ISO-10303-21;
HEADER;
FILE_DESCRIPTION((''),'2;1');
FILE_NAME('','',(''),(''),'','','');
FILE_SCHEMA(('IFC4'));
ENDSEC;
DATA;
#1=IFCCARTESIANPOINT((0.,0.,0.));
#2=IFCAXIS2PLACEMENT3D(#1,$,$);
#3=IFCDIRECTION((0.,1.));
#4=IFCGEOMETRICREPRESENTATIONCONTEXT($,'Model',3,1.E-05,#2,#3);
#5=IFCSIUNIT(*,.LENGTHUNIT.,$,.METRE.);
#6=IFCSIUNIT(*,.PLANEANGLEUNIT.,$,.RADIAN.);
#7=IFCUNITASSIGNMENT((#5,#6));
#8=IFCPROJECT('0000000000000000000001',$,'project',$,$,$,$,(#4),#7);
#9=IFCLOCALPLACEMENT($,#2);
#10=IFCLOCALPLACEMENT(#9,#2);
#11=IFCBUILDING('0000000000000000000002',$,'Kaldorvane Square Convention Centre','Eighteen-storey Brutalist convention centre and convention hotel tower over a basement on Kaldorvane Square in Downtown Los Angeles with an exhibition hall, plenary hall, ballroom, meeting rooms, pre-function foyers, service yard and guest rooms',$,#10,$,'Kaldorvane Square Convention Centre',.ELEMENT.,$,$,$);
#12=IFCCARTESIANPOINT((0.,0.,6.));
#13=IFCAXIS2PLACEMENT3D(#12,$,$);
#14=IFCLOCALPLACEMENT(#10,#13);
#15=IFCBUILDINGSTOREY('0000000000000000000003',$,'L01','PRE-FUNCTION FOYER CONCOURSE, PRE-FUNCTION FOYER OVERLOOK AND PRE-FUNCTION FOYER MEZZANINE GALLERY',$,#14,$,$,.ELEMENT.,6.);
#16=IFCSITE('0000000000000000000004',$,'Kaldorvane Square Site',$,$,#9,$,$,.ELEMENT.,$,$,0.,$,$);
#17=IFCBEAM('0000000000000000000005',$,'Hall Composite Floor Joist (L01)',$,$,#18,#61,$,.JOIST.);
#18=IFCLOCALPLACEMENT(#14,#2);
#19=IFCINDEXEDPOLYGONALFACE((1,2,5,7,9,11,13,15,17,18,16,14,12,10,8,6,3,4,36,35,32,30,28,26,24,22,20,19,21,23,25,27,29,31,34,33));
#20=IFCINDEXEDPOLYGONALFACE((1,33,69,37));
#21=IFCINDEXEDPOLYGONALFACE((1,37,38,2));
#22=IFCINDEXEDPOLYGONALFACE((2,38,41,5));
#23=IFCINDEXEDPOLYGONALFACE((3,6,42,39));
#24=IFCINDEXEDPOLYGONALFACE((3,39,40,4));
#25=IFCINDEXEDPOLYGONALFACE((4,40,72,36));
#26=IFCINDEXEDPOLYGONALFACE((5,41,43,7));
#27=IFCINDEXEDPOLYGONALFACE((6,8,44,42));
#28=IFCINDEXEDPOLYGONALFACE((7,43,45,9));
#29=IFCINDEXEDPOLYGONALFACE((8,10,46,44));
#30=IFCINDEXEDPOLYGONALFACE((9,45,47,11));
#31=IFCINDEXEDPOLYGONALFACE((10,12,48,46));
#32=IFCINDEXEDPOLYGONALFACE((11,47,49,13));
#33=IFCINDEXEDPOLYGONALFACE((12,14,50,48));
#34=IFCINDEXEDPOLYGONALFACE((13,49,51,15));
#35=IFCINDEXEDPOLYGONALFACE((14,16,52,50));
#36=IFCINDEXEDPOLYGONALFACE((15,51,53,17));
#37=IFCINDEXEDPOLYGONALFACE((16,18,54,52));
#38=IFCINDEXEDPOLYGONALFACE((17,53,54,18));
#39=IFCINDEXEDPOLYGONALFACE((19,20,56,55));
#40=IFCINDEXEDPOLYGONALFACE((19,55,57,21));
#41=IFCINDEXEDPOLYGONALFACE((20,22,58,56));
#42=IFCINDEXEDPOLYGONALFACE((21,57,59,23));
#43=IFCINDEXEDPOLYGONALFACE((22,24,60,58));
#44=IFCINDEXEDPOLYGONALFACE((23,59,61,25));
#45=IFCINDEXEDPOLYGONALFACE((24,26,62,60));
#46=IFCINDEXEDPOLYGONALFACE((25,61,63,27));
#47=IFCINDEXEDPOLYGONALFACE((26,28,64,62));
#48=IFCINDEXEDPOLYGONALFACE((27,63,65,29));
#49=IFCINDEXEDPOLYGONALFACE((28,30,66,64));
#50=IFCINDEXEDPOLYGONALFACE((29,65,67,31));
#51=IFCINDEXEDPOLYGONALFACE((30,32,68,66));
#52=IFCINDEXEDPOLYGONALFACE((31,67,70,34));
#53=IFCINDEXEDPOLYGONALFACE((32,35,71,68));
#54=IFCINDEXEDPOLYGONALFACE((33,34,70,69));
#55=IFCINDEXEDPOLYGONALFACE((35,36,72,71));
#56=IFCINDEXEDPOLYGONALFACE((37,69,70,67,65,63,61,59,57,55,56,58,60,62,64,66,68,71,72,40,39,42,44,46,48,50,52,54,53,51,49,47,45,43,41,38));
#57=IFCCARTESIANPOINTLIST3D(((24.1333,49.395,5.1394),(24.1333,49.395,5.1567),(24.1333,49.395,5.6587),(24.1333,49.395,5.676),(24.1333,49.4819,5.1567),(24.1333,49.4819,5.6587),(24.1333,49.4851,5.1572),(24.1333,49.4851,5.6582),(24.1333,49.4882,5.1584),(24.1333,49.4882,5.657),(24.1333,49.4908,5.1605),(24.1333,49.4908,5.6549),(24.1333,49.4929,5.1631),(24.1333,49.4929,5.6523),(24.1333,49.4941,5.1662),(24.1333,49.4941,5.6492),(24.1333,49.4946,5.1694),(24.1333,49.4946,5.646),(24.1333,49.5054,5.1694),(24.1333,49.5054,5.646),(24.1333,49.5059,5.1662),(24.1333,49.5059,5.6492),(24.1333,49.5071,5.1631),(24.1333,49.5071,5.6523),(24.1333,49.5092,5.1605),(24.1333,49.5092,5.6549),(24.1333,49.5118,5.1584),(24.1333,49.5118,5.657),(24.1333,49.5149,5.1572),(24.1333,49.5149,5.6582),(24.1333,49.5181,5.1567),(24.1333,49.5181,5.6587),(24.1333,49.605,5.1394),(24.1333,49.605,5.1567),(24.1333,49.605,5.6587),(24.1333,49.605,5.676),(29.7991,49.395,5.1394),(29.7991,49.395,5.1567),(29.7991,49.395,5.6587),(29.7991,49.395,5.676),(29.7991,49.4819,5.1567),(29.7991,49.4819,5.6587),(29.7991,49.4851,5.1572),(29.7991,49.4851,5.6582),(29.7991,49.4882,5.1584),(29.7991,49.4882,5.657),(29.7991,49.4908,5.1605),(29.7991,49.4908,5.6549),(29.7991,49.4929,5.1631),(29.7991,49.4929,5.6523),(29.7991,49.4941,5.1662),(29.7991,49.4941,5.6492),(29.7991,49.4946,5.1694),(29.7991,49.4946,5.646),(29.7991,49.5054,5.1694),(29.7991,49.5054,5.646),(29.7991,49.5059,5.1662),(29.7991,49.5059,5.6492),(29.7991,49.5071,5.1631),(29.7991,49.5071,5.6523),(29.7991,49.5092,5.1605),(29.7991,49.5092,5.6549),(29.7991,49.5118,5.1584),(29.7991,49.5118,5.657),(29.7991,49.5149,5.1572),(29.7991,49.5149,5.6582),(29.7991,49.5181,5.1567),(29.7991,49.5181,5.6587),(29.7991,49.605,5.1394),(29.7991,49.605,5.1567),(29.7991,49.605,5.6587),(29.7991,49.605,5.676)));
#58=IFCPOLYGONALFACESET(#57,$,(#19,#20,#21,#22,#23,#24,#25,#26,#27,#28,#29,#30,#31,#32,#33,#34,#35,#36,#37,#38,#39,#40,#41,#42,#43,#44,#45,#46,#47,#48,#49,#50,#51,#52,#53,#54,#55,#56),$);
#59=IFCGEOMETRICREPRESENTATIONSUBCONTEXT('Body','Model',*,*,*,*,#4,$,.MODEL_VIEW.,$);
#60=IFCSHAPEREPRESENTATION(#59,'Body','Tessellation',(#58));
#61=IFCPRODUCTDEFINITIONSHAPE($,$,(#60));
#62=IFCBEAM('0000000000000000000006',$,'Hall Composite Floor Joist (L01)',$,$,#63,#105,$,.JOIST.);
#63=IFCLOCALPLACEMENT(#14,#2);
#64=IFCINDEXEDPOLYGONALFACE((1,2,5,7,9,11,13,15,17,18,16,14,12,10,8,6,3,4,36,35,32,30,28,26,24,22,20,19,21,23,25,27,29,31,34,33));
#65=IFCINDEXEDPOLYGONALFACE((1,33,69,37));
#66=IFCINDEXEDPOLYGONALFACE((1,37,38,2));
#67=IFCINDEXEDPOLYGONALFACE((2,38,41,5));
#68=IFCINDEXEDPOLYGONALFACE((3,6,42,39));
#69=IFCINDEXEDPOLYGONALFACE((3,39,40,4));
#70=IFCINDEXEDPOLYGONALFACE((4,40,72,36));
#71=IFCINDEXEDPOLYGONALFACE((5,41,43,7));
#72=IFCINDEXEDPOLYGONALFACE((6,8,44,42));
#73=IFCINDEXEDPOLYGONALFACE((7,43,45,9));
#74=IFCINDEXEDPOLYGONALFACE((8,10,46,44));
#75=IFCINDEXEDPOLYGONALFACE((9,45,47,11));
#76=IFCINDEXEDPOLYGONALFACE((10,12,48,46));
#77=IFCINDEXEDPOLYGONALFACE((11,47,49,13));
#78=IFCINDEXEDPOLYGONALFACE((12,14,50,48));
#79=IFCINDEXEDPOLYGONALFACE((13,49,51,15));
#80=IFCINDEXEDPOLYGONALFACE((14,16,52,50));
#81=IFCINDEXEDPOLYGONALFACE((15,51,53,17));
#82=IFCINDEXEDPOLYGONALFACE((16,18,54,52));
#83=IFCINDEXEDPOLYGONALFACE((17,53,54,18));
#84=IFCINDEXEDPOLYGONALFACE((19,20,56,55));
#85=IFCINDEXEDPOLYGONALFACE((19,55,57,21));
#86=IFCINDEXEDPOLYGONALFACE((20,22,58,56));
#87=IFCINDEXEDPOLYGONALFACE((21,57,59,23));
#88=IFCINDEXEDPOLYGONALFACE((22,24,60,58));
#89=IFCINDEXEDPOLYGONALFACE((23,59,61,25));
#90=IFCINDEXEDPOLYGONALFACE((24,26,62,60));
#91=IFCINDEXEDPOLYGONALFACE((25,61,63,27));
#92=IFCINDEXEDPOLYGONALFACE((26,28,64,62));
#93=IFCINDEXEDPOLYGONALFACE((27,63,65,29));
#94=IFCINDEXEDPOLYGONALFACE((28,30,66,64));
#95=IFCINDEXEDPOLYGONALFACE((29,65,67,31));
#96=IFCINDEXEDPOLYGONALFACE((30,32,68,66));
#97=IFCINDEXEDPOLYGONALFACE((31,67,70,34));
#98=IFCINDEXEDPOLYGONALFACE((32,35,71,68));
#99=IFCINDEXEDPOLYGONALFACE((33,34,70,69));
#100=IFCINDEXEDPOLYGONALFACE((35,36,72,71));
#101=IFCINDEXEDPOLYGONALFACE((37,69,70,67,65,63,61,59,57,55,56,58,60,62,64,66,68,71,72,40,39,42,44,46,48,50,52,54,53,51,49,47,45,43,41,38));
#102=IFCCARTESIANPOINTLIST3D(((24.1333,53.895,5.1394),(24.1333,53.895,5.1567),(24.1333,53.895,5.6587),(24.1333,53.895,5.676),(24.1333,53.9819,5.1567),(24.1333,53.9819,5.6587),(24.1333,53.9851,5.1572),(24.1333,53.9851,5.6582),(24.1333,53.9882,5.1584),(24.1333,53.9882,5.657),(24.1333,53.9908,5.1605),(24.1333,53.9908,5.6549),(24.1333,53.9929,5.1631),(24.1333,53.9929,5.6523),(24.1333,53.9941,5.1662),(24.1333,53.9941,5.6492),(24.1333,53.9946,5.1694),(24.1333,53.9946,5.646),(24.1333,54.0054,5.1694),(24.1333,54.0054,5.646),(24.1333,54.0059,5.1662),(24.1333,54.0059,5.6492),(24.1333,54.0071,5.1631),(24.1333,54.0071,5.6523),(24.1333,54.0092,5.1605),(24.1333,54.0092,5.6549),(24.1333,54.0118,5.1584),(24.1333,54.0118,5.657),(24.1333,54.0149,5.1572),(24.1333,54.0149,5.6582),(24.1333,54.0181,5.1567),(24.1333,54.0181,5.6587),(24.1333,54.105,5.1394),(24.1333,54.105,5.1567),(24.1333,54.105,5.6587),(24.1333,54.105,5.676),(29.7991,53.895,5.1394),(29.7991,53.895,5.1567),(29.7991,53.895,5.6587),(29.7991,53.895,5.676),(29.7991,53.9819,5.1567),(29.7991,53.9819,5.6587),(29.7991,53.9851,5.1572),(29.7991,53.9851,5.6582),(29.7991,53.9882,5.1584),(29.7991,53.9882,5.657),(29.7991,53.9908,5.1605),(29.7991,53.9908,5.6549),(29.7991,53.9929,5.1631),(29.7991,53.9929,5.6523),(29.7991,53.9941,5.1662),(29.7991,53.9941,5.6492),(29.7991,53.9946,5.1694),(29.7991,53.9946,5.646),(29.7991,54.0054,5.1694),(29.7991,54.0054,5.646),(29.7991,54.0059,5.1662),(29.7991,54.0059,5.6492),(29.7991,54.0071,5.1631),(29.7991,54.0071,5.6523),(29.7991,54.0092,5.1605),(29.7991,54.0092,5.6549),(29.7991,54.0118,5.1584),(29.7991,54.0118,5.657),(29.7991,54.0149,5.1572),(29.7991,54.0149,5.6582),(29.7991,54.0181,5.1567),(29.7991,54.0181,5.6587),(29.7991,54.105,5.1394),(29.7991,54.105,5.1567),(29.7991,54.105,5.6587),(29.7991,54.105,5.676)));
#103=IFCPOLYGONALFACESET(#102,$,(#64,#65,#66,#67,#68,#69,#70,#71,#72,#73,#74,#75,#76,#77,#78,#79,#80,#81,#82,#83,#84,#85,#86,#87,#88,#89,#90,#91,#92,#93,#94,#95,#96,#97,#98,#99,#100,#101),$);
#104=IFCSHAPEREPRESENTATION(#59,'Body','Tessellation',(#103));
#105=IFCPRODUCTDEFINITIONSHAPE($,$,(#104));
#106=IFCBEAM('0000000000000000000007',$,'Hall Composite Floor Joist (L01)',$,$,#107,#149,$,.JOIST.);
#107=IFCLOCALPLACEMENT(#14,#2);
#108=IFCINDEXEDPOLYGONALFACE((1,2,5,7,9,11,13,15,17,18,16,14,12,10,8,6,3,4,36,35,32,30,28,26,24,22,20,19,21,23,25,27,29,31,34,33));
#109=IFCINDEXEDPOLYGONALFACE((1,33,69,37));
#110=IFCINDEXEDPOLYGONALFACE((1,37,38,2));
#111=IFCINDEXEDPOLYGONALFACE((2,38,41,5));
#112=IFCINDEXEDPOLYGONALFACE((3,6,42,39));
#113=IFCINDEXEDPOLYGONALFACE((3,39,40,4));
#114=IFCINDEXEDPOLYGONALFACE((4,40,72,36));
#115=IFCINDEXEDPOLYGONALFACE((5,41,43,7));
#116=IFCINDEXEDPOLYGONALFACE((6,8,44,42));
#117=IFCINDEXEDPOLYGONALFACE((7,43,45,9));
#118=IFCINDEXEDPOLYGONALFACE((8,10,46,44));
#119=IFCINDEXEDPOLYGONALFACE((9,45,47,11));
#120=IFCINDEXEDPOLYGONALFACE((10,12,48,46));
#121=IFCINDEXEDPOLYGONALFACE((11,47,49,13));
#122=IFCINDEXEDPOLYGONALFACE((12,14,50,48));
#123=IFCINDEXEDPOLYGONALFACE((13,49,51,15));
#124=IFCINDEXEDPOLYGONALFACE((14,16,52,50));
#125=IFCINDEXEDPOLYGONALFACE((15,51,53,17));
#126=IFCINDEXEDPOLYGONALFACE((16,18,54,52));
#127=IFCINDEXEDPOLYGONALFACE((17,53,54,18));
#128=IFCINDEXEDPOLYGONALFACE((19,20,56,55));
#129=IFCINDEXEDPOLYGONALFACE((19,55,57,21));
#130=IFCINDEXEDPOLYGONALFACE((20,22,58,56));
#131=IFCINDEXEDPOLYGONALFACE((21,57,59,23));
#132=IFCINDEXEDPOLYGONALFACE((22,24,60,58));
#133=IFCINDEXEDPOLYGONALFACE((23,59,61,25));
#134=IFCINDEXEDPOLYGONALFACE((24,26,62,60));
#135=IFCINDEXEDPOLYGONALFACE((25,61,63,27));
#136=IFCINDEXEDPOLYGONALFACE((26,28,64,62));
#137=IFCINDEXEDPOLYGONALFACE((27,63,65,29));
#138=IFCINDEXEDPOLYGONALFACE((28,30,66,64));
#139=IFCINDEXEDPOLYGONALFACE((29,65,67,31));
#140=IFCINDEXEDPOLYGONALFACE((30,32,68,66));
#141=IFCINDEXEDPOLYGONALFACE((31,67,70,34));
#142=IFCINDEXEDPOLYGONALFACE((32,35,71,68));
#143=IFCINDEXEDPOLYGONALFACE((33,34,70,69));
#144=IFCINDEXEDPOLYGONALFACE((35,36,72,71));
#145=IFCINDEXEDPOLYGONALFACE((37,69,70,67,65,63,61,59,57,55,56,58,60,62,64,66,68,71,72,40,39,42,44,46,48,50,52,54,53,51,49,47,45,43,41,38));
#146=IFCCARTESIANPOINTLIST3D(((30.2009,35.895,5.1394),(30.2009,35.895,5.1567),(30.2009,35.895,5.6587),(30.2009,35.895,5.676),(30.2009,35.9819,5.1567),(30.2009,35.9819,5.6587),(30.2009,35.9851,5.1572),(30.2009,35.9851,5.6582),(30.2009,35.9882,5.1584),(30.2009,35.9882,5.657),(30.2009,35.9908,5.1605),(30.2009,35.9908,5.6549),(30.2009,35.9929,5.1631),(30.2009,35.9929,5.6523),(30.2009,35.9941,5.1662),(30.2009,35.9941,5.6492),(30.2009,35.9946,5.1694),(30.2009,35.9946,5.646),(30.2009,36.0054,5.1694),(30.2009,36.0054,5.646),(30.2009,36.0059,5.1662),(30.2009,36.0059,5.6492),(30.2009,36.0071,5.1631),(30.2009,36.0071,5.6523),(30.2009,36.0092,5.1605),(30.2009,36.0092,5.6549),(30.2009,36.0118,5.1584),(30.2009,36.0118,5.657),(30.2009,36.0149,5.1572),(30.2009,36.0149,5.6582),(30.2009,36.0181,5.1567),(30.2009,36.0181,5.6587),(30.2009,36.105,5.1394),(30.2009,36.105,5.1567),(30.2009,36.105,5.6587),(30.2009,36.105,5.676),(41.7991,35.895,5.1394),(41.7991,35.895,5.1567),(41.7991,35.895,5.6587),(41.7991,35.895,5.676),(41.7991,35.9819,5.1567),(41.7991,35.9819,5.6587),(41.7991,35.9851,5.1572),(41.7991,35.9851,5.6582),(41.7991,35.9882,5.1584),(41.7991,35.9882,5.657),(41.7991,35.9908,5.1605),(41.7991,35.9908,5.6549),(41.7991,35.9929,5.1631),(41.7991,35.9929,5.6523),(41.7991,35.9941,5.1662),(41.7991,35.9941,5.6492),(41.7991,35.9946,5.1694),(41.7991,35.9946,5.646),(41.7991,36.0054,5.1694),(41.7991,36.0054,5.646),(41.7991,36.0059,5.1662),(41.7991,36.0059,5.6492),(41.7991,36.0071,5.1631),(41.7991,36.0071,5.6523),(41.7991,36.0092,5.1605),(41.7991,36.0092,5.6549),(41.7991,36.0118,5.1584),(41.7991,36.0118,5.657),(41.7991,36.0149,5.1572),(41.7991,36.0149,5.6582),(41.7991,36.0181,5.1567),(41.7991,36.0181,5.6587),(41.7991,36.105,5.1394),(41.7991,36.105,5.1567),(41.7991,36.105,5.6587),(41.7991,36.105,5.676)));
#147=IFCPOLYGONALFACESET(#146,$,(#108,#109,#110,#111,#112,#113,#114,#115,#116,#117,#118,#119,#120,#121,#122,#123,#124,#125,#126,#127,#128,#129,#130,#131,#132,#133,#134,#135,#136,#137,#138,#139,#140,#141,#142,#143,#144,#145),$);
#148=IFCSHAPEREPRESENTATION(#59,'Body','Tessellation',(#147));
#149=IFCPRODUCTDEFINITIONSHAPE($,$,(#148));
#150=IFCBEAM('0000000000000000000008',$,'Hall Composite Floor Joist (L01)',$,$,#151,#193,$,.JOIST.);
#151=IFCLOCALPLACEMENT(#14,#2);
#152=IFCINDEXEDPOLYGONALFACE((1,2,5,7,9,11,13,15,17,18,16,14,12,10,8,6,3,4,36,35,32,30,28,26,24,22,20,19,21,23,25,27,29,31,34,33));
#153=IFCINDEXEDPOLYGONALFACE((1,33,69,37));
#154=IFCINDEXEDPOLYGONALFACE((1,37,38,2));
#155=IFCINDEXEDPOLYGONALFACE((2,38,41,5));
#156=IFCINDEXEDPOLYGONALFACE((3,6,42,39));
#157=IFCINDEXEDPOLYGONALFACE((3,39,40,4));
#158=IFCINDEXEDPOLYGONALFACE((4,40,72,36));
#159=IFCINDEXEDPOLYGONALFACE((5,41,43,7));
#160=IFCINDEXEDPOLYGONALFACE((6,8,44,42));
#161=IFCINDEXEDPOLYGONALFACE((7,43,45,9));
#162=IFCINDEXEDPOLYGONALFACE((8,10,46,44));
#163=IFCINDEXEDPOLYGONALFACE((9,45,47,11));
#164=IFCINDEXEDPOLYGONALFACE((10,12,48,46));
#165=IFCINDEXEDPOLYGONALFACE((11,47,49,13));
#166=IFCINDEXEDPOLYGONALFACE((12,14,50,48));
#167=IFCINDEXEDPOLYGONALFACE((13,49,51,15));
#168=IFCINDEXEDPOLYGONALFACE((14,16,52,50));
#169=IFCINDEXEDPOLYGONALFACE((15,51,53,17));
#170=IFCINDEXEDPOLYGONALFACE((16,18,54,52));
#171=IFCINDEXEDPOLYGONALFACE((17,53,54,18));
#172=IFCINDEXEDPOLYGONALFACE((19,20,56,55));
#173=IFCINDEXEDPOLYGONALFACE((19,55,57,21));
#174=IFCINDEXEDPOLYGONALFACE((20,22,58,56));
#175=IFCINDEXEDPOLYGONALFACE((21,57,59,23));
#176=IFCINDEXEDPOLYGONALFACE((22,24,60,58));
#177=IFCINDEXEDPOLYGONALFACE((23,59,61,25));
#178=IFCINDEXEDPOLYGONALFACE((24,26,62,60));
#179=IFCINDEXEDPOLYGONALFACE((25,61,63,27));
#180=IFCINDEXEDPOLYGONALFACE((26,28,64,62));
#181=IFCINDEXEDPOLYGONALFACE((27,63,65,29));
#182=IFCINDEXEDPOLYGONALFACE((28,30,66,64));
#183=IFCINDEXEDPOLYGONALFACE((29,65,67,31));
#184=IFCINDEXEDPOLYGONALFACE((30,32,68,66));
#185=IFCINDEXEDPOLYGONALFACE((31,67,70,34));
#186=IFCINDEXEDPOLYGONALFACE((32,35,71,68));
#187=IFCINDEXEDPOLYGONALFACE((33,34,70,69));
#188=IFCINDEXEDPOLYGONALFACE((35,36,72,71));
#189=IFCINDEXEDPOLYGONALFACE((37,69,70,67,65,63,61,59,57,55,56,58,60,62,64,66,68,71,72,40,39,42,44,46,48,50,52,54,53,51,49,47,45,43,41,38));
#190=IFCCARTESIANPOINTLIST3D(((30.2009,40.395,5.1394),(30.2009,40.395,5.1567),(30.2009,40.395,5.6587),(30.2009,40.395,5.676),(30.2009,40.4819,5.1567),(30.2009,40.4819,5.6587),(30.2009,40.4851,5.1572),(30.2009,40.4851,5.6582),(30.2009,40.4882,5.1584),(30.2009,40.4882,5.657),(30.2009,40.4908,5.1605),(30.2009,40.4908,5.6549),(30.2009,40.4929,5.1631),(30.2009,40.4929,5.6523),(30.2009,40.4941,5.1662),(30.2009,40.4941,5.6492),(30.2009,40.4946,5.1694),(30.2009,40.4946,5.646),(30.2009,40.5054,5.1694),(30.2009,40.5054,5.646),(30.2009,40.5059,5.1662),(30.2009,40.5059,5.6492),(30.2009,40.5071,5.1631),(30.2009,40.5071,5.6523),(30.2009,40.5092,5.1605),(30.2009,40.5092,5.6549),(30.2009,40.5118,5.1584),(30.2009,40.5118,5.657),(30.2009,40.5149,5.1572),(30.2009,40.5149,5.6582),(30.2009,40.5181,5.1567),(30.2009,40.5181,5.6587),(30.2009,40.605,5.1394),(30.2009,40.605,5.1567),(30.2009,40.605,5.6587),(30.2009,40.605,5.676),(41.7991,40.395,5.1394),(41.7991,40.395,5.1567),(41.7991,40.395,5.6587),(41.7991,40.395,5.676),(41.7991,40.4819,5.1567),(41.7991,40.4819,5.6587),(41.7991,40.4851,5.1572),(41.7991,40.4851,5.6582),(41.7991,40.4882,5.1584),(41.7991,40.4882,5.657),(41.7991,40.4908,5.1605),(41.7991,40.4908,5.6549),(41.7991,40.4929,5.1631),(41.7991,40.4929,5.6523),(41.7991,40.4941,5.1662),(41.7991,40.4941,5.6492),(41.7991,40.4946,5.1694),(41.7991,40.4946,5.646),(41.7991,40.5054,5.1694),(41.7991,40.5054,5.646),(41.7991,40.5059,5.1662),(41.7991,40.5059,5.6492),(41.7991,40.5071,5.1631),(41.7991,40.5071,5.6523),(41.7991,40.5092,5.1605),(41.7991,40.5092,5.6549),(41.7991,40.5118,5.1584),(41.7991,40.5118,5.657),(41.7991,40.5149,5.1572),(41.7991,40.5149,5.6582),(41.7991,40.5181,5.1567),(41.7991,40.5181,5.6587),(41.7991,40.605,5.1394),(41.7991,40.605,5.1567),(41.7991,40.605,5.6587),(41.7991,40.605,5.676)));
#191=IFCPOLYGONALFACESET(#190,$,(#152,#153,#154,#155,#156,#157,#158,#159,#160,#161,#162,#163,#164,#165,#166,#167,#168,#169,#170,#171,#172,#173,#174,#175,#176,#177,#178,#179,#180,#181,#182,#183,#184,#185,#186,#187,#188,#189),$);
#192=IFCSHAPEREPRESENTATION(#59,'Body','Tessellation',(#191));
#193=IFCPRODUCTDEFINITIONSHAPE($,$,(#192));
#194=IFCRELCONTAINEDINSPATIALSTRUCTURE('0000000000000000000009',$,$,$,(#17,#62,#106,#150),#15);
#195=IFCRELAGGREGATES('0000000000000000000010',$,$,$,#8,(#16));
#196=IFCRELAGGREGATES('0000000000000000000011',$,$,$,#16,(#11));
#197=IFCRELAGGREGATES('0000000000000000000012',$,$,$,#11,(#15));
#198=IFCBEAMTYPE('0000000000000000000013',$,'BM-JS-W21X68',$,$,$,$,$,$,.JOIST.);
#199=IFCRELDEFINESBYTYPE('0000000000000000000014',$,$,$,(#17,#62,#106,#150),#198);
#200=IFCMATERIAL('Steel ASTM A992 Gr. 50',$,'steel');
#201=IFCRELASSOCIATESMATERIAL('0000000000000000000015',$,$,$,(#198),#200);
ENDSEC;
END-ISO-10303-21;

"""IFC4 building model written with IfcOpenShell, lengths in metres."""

from ifc_helpers import new_model, si_unit, direction, frame, origin, origin_2d, place, context, subcontext, project, spatial, i_section, extrude, material, material_profile, profile_set, type_object, element, save


model = new_model("IFC4")

# Units and contexts
model_context = context("Model", 3, precision=1e-05, world=origin(), true_north=direction((0.0, 1.0)))
body_context = subcontext(model_context, "Body", "Model", "MODEL_VIEW")
ifc_project = project(units=[si_unit("LENGTHUNIT", "METRE"), si_unit("PLANEANGLEUNIT", "RADIAN")], contexts=[model_context])

# Site, building, storey
site_placement = place(None, origin())
site = spatial("IfcSite", under=ifc_project, at=site_placement, Name="Kaldorvane Square Site", CompositionType="ELEMENT", RefElevation=0.0)
building_placement = place(site_placement, origin())
building = spatial("IfcBuilding", under=site, at=building_placement, Name="Kaldorvane Square Convention Centre", Description="Eighteen-storey Brutalist convention centre and convention hotel tower over a basement on Kaldorvane Square in Downtown Los Angeles with an exhibition hall, plenary hall, ballroom, meeting rooms, pre-function foyers, service yard and guest rooms", LongName="Kaldorvane Square Convention Centre", CompositionType="ELEMENT")
storey_placement = place(building_placement, frame((0.0, 0.0, 6.0)))
storey = spatial("IfcBuildingStorey", under=building, at=storey_placement, Name="L01", Description="PRE-FUNCTION FOYER CONCOURSE, PRE-FUNCTION FOYER OVERLOOK AND PRE-FUNCTION FOYER MEZZANINE GALLERY", CompositionType="ELEMENT", Elevation=6.0)

# Shared definitions
ifc_material_1 = material(Name="Steel ASTM A992 Gr. 50", Category="steel")

# Beams
ifc_material_profile_1 = material_profile(ifc_material_1, i_section(OverallWidth=0.2101, OverallDepth=0.5367, WebThickness=0.0109, FlangeThickness=0.0174, FilletRadius=0.0127, at=origin_2d()), Name="W21X68")
ifc_profile_set_1 = profile_set([ifc_material_profile_1], Name="Steel ASTM A992 Gr. 50")
beam_type_1 = type_object("IfcBeamType", Name="BM-JS-W21X68", PredefinedType="JOIST", material=ifc_profile_set_1)
for number, where, z_axis, x_axis, name in (
    (1, (24.1333, 49.5, 5.4077), (1.0, 0.0, 0.0), (0.0, 1.0, 0.0), "Hall Composite Floor Joist (L01)"),
    (2, (24.1333, 54.0, 5.4077), (1.0, 0.0, 0.0), (0.0, 1.0, 0.0), "Hall Composite Floor Joist (L01)"),
):
    element("IfcBeam", number, at=place(storey_placement, frame(where, z_axis=z_axis, x_axis=x_axis)), inside=storey, type_object=beam_type_1, Name=name, PredefinedType="JOIST", context=body_context, shape_type="SweptSolid", body=[
        extrude(i_section(OverallWidth=0.2101, OverallDepth=0.5367, WebThickness=0.0109, FlangeThickness=0.0174, FilletRadius=0.0127, at=origin_2d()), origin(), (0.0, 0.0, 1.0), 5.6658),
    ])
for number, where, z_axis, x_axis, name in (
    (3, (30.2009, 36.0, 5.4077), (1.0, 0.0, 0.0), (0.0, 1.0, 0.0), "Hall Composite Floor Joist (L01)"),
    (4, (30.2009, 40.5, 5.4077), (1.0, 0.0, 0.0), (0.0, 1.0, 0.0), "Hall Composite Floor Joist (L01)"),
):
    element("IfcBeam", number, at=place(storey_placement, frame(where, z_axis=z_axis, x_axis=x_axis)), inside=storey, type_object=beam_type_1, Name=name, PredefinedType="JOIST", context=body_context, shape_type="SweptSolid", body=[
        extrude(i_section(OverallWidth=0.2101, OverallDepth=0.5367, WebThickness=0.0109, FlangeThickness=0.0174, FilletRadius=0.0127, at=origin_2d()), origin(), (0.0, 0.0, 1.0), 11.5982),
    ])

save(model, "model.ifc")
